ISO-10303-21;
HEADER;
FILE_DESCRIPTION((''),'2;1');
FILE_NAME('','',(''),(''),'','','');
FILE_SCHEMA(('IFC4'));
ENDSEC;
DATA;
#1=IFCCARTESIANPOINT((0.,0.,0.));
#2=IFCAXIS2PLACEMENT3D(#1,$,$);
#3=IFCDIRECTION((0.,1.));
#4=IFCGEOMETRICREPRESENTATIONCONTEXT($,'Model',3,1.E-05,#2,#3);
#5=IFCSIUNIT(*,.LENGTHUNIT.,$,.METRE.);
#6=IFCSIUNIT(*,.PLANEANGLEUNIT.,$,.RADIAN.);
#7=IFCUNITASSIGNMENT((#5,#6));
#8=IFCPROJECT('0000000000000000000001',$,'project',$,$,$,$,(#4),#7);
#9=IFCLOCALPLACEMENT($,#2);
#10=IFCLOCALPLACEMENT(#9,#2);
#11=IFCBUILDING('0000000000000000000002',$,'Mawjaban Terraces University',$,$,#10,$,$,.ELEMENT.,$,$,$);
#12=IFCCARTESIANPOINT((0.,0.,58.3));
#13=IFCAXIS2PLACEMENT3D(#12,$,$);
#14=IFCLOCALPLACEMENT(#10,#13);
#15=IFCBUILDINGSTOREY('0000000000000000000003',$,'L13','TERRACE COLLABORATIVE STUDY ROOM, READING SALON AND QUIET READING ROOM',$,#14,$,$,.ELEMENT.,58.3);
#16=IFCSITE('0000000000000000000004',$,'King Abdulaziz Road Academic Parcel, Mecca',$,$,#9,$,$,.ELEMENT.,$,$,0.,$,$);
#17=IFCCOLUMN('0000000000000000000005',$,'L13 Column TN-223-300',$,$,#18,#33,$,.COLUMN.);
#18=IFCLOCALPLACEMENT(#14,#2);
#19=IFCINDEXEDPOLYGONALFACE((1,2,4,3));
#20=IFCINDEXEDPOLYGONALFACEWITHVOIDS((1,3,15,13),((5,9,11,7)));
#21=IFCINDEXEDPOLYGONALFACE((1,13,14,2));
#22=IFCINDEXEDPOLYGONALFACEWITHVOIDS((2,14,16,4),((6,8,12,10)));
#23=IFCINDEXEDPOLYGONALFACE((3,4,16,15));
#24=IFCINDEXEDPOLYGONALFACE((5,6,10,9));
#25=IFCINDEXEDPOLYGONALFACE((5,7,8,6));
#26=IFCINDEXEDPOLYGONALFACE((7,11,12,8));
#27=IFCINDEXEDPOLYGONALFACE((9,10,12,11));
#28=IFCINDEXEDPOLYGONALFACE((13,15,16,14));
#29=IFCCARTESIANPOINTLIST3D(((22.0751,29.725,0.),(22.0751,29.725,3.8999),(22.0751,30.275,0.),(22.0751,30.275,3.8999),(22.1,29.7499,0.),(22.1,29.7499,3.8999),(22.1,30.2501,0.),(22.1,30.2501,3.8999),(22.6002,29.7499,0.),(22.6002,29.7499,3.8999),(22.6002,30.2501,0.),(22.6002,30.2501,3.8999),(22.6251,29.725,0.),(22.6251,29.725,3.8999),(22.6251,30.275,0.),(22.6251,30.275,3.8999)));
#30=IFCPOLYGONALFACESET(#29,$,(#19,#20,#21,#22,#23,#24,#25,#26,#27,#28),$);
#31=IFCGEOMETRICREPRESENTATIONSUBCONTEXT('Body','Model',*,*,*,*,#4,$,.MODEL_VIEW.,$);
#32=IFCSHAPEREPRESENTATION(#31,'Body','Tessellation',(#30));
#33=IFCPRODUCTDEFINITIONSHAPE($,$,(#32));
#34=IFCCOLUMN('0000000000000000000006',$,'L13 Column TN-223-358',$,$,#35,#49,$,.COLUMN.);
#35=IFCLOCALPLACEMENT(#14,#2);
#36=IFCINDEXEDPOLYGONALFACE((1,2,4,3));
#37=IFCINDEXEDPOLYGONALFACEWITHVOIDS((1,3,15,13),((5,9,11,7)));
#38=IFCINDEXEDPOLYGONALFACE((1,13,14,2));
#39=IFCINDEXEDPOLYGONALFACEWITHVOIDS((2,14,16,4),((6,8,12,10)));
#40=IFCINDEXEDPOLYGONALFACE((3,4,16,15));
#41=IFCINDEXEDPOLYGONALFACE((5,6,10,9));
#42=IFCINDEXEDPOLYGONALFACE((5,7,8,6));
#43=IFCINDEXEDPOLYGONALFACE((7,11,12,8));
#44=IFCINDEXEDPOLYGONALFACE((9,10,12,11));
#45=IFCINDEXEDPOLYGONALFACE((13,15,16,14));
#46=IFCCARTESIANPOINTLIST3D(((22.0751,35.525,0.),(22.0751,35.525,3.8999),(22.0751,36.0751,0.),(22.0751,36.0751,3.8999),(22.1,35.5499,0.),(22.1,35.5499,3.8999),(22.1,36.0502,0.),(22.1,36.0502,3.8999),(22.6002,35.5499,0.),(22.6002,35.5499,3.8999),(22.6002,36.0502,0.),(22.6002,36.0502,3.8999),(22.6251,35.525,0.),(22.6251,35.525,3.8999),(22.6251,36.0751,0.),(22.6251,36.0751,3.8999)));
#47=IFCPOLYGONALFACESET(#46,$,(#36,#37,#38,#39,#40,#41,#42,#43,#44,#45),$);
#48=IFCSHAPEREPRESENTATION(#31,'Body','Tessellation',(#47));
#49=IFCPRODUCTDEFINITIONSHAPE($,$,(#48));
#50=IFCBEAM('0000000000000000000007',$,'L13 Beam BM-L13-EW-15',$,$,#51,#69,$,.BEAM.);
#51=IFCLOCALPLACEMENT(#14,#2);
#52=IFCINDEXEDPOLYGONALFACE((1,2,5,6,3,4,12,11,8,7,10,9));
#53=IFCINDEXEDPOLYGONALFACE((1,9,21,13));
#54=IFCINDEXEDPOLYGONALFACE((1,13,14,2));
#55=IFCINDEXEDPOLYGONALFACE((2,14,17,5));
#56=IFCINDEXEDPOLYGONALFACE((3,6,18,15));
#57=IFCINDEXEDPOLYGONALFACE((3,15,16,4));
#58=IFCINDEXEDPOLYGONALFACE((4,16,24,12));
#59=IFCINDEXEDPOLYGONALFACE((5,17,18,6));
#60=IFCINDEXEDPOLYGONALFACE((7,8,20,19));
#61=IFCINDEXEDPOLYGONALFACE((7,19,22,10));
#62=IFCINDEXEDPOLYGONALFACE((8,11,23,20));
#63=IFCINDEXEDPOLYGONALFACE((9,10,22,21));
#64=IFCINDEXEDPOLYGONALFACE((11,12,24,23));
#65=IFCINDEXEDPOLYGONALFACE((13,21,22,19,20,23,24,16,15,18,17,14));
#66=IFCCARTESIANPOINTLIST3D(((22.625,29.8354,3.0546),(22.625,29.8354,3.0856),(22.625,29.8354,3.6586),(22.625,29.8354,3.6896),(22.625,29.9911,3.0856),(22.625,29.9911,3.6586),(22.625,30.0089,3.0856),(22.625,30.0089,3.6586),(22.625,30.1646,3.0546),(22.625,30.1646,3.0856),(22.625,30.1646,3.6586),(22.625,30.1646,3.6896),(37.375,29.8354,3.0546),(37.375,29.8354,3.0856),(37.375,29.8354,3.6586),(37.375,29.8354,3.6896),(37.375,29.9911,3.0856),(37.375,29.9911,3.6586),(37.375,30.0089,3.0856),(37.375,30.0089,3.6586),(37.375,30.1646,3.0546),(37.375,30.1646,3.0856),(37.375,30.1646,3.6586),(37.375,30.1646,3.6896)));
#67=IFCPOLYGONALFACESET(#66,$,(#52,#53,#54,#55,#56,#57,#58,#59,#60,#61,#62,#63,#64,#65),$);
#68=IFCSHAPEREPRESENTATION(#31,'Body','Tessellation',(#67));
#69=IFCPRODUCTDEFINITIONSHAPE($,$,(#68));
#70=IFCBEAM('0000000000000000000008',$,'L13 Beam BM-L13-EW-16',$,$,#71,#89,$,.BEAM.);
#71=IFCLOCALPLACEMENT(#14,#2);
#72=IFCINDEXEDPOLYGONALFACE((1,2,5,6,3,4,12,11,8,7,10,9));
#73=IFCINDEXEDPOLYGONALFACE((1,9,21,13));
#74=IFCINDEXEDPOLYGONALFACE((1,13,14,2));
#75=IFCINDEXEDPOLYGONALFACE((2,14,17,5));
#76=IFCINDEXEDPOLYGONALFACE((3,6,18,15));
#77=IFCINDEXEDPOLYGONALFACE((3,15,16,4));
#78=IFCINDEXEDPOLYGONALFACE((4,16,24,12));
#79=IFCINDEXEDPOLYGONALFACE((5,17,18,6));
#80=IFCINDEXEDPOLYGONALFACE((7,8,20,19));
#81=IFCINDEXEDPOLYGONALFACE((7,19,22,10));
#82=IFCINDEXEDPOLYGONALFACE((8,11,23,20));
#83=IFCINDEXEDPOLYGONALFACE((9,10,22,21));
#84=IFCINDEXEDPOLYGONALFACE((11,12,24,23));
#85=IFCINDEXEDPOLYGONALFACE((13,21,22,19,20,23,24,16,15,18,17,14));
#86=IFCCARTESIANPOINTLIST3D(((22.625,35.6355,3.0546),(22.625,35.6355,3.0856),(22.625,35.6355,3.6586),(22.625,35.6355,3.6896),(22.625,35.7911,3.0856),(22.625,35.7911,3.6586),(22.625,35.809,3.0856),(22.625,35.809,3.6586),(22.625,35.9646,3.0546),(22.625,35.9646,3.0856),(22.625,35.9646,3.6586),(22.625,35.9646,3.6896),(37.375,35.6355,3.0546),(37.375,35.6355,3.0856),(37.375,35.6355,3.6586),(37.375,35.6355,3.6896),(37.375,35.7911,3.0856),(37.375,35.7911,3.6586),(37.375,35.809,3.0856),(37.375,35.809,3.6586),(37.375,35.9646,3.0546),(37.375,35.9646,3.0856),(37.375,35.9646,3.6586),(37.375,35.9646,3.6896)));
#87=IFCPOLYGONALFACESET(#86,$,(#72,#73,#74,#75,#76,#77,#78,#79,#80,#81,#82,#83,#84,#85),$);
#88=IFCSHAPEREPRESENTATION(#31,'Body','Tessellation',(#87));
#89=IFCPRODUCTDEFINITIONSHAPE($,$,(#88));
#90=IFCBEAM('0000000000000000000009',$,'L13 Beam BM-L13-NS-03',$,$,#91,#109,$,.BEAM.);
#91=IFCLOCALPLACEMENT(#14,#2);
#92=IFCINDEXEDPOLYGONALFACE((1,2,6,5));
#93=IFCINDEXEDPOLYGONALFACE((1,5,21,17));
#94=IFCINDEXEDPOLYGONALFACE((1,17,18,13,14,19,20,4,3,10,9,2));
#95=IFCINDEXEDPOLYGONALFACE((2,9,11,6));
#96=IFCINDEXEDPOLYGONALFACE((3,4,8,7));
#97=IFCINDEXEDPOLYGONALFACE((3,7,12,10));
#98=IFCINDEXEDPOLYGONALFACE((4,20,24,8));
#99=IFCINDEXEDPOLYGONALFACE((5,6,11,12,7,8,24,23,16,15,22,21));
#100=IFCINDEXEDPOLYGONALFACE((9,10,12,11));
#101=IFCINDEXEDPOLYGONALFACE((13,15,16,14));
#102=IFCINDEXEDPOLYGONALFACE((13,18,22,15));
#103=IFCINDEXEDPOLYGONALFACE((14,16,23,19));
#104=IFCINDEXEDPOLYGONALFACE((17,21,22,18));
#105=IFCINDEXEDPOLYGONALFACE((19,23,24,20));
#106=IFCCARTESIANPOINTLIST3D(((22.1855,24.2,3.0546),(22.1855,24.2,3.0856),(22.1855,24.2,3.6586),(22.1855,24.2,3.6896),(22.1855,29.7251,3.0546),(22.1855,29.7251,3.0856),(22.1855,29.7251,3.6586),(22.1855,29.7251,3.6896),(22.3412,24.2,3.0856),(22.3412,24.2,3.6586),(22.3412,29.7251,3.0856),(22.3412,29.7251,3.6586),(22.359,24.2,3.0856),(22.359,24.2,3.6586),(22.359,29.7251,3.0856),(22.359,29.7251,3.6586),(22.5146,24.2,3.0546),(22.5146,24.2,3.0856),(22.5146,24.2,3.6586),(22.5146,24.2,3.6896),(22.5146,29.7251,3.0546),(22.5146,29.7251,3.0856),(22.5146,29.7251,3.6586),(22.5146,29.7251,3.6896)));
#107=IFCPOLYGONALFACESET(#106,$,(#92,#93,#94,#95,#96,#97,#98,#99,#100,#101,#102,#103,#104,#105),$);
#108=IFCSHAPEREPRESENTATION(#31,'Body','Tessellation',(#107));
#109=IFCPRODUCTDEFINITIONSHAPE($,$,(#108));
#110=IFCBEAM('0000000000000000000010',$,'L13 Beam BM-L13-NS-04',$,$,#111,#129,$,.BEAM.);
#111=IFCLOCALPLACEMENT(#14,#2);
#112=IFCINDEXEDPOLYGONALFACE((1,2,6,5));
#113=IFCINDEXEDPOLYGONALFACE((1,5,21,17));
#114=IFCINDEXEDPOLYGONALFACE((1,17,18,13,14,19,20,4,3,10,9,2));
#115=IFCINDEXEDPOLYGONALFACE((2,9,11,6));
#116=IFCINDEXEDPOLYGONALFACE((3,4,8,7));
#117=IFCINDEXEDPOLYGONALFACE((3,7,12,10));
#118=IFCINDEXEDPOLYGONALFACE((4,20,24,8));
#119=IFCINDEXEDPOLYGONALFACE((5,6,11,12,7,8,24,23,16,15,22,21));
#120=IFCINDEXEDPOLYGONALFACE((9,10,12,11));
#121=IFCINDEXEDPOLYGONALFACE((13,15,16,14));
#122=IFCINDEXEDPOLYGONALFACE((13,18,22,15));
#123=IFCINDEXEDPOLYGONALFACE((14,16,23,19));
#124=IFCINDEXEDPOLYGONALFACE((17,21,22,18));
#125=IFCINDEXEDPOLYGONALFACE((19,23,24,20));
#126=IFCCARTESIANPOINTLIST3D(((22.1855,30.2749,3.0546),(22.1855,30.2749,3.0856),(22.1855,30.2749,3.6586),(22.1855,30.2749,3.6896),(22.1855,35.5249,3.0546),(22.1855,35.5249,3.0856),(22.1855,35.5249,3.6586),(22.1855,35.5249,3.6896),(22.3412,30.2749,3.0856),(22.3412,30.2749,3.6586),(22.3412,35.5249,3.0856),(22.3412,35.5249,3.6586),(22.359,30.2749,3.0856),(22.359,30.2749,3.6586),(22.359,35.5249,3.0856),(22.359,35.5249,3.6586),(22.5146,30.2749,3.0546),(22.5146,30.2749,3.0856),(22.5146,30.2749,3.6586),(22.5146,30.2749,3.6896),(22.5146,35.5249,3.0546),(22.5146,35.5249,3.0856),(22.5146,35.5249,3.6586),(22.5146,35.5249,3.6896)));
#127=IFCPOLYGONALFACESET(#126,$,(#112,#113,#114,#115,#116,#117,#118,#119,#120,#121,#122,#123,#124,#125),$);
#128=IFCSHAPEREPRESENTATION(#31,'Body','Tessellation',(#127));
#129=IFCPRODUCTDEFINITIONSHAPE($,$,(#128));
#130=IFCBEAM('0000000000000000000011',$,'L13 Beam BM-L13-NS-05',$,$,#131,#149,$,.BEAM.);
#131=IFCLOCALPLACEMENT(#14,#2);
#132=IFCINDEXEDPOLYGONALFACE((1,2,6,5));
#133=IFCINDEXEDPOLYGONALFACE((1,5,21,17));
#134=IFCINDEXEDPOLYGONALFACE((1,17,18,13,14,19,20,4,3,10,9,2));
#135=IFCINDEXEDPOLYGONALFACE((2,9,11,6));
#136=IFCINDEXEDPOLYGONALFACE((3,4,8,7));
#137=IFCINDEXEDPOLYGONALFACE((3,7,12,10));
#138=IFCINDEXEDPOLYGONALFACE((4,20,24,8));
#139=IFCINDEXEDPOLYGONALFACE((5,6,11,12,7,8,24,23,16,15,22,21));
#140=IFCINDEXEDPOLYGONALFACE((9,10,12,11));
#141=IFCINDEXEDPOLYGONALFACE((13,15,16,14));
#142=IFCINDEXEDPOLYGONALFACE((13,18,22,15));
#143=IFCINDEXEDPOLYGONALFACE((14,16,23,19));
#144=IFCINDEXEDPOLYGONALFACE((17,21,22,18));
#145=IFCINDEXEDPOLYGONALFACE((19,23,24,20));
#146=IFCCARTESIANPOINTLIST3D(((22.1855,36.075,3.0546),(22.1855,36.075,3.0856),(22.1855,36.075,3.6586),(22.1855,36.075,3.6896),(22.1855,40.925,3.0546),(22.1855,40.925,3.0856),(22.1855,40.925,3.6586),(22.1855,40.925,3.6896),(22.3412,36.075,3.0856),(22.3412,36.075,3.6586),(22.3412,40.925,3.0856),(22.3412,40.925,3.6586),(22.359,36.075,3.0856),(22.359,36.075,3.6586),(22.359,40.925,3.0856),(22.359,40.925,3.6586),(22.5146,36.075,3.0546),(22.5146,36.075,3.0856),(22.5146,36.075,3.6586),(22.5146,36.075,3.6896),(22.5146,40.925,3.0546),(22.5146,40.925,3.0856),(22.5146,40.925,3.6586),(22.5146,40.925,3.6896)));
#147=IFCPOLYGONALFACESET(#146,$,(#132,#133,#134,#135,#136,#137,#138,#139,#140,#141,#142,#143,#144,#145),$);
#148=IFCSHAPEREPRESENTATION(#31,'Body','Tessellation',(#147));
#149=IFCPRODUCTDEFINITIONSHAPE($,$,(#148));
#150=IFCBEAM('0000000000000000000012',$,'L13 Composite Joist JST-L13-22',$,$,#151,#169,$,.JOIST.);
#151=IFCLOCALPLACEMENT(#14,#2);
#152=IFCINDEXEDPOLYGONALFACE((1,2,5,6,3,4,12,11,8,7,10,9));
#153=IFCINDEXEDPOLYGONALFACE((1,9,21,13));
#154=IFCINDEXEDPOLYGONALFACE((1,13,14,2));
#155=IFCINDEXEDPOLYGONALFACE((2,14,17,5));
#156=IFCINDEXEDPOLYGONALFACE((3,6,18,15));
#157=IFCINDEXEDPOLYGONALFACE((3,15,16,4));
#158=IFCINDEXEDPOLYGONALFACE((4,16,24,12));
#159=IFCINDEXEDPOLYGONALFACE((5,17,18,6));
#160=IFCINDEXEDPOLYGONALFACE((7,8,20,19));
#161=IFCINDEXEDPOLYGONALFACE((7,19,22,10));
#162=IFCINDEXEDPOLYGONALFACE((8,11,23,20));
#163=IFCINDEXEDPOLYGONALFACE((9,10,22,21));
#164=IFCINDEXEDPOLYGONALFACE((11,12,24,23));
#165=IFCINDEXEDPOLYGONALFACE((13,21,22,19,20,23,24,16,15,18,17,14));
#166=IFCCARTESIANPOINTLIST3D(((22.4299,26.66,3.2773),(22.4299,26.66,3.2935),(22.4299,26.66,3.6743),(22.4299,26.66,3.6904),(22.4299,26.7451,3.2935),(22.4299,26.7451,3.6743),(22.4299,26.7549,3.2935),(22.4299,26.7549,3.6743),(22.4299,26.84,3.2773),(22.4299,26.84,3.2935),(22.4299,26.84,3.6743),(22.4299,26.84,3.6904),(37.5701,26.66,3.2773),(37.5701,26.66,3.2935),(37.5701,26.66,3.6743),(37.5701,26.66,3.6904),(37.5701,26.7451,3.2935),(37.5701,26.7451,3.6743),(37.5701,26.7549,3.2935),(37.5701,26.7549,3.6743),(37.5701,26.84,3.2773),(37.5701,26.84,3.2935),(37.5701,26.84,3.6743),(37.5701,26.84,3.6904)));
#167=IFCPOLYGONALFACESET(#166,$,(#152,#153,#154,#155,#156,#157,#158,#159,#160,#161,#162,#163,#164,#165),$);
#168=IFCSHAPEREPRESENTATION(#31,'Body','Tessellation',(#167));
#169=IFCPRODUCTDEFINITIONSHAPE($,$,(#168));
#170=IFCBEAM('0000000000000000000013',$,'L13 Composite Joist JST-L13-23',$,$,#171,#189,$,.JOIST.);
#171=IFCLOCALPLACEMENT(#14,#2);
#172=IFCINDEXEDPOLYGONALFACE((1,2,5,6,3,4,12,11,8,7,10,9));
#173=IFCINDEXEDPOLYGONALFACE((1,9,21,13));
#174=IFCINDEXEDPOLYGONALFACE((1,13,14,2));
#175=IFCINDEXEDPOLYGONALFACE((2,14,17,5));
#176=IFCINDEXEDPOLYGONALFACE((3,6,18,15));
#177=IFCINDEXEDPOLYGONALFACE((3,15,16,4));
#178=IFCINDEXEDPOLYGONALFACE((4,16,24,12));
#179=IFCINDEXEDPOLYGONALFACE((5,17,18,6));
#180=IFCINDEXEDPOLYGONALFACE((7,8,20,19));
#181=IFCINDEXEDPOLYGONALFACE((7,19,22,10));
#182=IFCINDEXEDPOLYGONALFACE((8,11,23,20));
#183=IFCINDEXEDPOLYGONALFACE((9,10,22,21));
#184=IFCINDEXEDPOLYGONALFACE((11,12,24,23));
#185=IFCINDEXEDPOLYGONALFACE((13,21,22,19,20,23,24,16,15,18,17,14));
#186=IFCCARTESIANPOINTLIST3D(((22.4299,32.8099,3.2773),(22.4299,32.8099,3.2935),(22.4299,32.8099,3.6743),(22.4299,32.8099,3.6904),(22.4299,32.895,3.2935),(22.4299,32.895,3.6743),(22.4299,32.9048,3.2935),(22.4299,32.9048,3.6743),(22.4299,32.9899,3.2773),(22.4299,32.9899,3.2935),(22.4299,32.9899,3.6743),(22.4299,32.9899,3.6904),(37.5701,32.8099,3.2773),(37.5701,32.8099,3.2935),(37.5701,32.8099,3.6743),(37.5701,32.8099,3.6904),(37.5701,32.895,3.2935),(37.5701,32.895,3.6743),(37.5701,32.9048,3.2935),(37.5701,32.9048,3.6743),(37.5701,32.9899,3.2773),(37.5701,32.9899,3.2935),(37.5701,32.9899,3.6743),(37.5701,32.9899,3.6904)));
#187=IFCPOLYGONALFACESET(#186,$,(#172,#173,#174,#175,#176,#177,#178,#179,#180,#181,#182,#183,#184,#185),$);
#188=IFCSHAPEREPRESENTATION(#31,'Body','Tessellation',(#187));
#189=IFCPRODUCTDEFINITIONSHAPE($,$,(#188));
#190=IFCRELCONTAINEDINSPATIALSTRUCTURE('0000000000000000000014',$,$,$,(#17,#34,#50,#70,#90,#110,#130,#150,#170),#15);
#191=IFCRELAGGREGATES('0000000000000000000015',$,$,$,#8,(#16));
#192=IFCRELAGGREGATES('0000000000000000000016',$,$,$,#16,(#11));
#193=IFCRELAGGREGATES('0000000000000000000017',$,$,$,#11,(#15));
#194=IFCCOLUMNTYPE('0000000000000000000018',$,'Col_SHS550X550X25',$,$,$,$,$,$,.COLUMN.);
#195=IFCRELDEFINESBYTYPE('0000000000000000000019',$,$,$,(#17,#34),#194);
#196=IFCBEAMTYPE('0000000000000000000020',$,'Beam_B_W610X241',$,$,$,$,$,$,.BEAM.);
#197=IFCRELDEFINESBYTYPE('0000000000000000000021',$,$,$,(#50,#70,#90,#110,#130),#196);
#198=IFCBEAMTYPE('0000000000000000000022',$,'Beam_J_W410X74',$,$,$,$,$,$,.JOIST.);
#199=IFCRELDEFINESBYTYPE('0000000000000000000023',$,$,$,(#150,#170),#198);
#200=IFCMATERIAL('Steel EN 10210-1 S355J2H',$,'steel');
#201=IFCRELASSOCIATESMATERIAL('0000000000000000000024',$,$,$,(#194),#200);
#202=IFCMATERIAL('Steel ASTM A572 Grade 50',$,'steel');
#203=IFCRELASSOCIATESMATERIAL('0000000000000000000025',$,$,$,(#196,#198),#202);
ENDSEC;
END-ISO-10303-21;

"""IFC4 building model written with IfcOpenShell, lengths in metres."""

from ifc_helpers import new_model, si_unit, direction, frame, origin, origin_2d, place, context, subcontext, project, spatial, hollow_rectangle, i_section, extrude, material, material_profile, profile_set, type_object, element, save


model = new_model("IFC4")

# Units and contexts
model_context = context("Model", 3, precision=1e-05, world=origin(), true_north=direction((0.0, 1.0)))
body_context = subcontext(model_context, "Body", "Model", "MODEL_VIEW")
ifc_project = project(units=[si_unit("LENGTHUNIT", "METRE"), si_unit("PLANEANGLEUNIT", "RADIAN")], contexts=[model_context])

# Site, building, storey
site_placement = place(None, origin())
site = spatial("IfcSite", under=ifc_project, at=site_placement, Name="King Abdulaziz Road Academic Parcel, Mecca", CompositionType="ELEMENT", RefElevation=0.0)
building_placement = place(site_placement, origin())
building = spatial("IfcBuilding", under=site, at=building_placement, Name="Mawjaban Terraces University", CompositionType="ELEMENT")
storey_placement = place(building_placement, frame((0.0, 0.0, 58.3)))
storey = spatial("IfcBuildingStorey", under=building, at=storey_placement, Name="L13", Description="TERRACE COLLABORATIVE STUDY ROOM, READING SALON AND QUIET READING ROOM", CompositionType="ELEMENT", Elevation=58.3)

# Columns
ifc_material_1 = material(Name="Steel EN 10210-1 S355J2H", Category="steel")
ifc_material_profile_1 = material_profile(ifc_material_1, hollow_rectangle(XDim=0.55, YDim=0.55, WallThickness=0.0249, at=origin_2d()), Name="SHS550X550X25")
ifc_profile_set_1 = profile_set([ifc_material_profile_1], Name="Steel EN 10210-1 S355J2H")
column_type = type_object("IfcColumnType", Name="Col_SHS550X550X25", PredefinedType="COLUMN", material=ifc_profile_set_1)
for number, where, z_axis, x_axis, name in (
    (1, (22.3501, 30.0, 0.0), (0.0, 0.0, 1.0), (1.0, 0.0, 0.0), "L13 Column TN-223-300"),
    (2, (22.3501, 35.8, 0.0), (0.0, 0.0, 1.0), (1.0, 0.0, 0.0), "L13 Column TN-223-358"),
):
    element("IfcColumn", number, at=place(storey_placement, frame(where, z_axis=z_axis, x_axis=x_axis)), inside=storey, type_object=column_type, Name=name, PredefinedType="COLUMN", context=body_context, shape_type="SweptSolid", body=[
        extrude(hollow_rectangle(XDim=0.55, YDim=0.55, WallThickness=0.0249, at=origin_2d()), origin(), (0.0, 0.0, 1.0), 3.8999),
    ])

# Beams
ifc_material_2 = material(Name="Steel ASTM A572 Grade 50", Category="steel")
ifc_material_profile_2 = material_profile(ifc_material_2, i_section(OverallWidth=0.3291, OverallDepth=0.635, WebThickness=0.0178, FlangeThickness=0.031, at=origin_2d()), Name="W610X241")
ifc_profile_set_2 = profile_set([ifc_material_profile_2], Name="Steel ASTM A572 Grade 50")
beam_type_1 = type_object("IfcBeamType", Name="Beam_B_W610X241", PredefinedType="BEAM", material=ifc_profile_set_2)
for number, where, z_axis, x_axis, name in (
    (3, (22.625, 30.0, 3.3721), (1.0, 0.0, 0.0), (0.0, 1.0, 0.0), "L13 Beam BM-L13-EW-15"),
    (4, (22.625, 35.8, 3.3721), (1.0, 0.0, 0.0), (0.0, 1.0, 0.0), "L13 Beam BM-L13-EW-16"),
):
    element("IfcBeam", number, at=place(storey_placement, frame(where, z_axis=z_axis, x_axis=x_axis)), inside=storey, type_object=beam_type_1, Name=name, PredefinedType="BEAM", context=body_context, shape_type="SweptSolid", body=[
        extrude(i_section(OverallWidth=0.3291, OverallDepth=0.635, WebThickness=0.0178, FlangeThickness=0.031, at=origin_2d()), origin(), (0.0, 0.0, 1.0), 14.75),
    ])
beam_1_placement = place(storey_placement, frame((22.3501, 24.2, 3.3721), z_axis=(0.0, 1.0, 0.0), x_axis=(-1.0, 0.0, 0.0)))
element("IfcBeam", 5, at=beam_1_placement, inside=storey, type_object=beam_type_1, Name="L13 Beam BM-L13-NS-03", PredefinedType="BEAM", context=body_context, shape_type="SweptSolid", body=[
    extrude(i_section(OverallWidth=0.3291, OverallDepth=0.635, WebThickness=0.0178, FlangeThickness=0.031, at=origin_2d()), origin(), (0.0, 0.0, 1.0), 5.5251),
])
beam_2_placement = place(storey_placement, frame((22.3501, 30.2749, 3.3721), z_axis=(0.0, 1.0, 0.0), x_axis=(-1.0, 0.0, 0.0)))
element("IfcBeam", 6, at=beam_2_placement, inside=storey, type_object=beam_type_1, Name="L13 Beam BM-L13-NS-04", PredefinedType="BEAM", context=body_context, shape_type="SweptSolid", body=[
    extrude(i_section(OverallWidth=0.3291, OverallDepth=0.635, WebThickness=0.0178, FlangeThickness=0.031, at=origin_2d()), origin(), (0.0, 0.0, 1.0), 5.25),
])
beam_3_placement = place(storey_placement, frame((22.3501, 36.075, 3.3721), z_axis=(0.0, 1.0, 0.0), x_axis=(-1.0, 0.0, 0.0)))
element("IfcBeam", 7, at=beam_3_placement, inside=storey, type_object=beam_type_1, Name="L13 Beam BM-L13-NS-05", PredefinedType="BEAM", context=body_context, shape_type="SweptSolid", body=[
    extrude(i_section(OverallWidth=0.3291, OverallDepth=0.635, WebThickness=0.0178, FlangeThickness=0.031, at=origin_2d()), origin(), (0.0, 0.0, 1.0), 4.8501),
])
ifc_material_profile_3 = material_profile(ifc_material_2, i_section(OverallWidth=0.1799, OverallDepth=0.4131, WebThickness=0.0098, FlangeThickness=0.0161, at=origin_2d()), Name="W410X74")
ifc_profile_set_3 = profile_set([ifc_material_profile_3], Name="Steel ASTM A572 Grade 50")
beam_type_2 = type_object("IfcBeamType", Name="Beam_J_W410X74", PredefinedType="JOIST", material=ifc_profile_set_3)
for number, where, z_axis, x_axis, name in (
    (8, (22.4299, 26.75, 3.4839), (1.0, 0.0, 0.0), (0.0, 1.0, 0.0), "L13 Composite Joist JST-L13-22"),
    (9, (22.4299, 32.8999, 3.4839), (1.0, 0.0, 0.0), (0.0, 1.0, 0.0), "L13 Composite Joist JST-L13-23"),
):
    element("IfcBeam", number, at=place(storey_placement, frame(where, z_axis=z_axis, x_axis=x_axis)), inside=storey, type_object=beam_type_2, Name=name, PredefinedType="JOIST", context=body_context, shape_type="SweptSolid", body=[
        extrude(i_section(OverallWidth=0.1799, OverallDepth=0.4131, WebThickness=0.0098, FlangeThickness=0.0161, at=origin_2d()), origin(), (0.0, 0.0, 1.0), 15.1401),
    ])

save(model, "model.ifc")
